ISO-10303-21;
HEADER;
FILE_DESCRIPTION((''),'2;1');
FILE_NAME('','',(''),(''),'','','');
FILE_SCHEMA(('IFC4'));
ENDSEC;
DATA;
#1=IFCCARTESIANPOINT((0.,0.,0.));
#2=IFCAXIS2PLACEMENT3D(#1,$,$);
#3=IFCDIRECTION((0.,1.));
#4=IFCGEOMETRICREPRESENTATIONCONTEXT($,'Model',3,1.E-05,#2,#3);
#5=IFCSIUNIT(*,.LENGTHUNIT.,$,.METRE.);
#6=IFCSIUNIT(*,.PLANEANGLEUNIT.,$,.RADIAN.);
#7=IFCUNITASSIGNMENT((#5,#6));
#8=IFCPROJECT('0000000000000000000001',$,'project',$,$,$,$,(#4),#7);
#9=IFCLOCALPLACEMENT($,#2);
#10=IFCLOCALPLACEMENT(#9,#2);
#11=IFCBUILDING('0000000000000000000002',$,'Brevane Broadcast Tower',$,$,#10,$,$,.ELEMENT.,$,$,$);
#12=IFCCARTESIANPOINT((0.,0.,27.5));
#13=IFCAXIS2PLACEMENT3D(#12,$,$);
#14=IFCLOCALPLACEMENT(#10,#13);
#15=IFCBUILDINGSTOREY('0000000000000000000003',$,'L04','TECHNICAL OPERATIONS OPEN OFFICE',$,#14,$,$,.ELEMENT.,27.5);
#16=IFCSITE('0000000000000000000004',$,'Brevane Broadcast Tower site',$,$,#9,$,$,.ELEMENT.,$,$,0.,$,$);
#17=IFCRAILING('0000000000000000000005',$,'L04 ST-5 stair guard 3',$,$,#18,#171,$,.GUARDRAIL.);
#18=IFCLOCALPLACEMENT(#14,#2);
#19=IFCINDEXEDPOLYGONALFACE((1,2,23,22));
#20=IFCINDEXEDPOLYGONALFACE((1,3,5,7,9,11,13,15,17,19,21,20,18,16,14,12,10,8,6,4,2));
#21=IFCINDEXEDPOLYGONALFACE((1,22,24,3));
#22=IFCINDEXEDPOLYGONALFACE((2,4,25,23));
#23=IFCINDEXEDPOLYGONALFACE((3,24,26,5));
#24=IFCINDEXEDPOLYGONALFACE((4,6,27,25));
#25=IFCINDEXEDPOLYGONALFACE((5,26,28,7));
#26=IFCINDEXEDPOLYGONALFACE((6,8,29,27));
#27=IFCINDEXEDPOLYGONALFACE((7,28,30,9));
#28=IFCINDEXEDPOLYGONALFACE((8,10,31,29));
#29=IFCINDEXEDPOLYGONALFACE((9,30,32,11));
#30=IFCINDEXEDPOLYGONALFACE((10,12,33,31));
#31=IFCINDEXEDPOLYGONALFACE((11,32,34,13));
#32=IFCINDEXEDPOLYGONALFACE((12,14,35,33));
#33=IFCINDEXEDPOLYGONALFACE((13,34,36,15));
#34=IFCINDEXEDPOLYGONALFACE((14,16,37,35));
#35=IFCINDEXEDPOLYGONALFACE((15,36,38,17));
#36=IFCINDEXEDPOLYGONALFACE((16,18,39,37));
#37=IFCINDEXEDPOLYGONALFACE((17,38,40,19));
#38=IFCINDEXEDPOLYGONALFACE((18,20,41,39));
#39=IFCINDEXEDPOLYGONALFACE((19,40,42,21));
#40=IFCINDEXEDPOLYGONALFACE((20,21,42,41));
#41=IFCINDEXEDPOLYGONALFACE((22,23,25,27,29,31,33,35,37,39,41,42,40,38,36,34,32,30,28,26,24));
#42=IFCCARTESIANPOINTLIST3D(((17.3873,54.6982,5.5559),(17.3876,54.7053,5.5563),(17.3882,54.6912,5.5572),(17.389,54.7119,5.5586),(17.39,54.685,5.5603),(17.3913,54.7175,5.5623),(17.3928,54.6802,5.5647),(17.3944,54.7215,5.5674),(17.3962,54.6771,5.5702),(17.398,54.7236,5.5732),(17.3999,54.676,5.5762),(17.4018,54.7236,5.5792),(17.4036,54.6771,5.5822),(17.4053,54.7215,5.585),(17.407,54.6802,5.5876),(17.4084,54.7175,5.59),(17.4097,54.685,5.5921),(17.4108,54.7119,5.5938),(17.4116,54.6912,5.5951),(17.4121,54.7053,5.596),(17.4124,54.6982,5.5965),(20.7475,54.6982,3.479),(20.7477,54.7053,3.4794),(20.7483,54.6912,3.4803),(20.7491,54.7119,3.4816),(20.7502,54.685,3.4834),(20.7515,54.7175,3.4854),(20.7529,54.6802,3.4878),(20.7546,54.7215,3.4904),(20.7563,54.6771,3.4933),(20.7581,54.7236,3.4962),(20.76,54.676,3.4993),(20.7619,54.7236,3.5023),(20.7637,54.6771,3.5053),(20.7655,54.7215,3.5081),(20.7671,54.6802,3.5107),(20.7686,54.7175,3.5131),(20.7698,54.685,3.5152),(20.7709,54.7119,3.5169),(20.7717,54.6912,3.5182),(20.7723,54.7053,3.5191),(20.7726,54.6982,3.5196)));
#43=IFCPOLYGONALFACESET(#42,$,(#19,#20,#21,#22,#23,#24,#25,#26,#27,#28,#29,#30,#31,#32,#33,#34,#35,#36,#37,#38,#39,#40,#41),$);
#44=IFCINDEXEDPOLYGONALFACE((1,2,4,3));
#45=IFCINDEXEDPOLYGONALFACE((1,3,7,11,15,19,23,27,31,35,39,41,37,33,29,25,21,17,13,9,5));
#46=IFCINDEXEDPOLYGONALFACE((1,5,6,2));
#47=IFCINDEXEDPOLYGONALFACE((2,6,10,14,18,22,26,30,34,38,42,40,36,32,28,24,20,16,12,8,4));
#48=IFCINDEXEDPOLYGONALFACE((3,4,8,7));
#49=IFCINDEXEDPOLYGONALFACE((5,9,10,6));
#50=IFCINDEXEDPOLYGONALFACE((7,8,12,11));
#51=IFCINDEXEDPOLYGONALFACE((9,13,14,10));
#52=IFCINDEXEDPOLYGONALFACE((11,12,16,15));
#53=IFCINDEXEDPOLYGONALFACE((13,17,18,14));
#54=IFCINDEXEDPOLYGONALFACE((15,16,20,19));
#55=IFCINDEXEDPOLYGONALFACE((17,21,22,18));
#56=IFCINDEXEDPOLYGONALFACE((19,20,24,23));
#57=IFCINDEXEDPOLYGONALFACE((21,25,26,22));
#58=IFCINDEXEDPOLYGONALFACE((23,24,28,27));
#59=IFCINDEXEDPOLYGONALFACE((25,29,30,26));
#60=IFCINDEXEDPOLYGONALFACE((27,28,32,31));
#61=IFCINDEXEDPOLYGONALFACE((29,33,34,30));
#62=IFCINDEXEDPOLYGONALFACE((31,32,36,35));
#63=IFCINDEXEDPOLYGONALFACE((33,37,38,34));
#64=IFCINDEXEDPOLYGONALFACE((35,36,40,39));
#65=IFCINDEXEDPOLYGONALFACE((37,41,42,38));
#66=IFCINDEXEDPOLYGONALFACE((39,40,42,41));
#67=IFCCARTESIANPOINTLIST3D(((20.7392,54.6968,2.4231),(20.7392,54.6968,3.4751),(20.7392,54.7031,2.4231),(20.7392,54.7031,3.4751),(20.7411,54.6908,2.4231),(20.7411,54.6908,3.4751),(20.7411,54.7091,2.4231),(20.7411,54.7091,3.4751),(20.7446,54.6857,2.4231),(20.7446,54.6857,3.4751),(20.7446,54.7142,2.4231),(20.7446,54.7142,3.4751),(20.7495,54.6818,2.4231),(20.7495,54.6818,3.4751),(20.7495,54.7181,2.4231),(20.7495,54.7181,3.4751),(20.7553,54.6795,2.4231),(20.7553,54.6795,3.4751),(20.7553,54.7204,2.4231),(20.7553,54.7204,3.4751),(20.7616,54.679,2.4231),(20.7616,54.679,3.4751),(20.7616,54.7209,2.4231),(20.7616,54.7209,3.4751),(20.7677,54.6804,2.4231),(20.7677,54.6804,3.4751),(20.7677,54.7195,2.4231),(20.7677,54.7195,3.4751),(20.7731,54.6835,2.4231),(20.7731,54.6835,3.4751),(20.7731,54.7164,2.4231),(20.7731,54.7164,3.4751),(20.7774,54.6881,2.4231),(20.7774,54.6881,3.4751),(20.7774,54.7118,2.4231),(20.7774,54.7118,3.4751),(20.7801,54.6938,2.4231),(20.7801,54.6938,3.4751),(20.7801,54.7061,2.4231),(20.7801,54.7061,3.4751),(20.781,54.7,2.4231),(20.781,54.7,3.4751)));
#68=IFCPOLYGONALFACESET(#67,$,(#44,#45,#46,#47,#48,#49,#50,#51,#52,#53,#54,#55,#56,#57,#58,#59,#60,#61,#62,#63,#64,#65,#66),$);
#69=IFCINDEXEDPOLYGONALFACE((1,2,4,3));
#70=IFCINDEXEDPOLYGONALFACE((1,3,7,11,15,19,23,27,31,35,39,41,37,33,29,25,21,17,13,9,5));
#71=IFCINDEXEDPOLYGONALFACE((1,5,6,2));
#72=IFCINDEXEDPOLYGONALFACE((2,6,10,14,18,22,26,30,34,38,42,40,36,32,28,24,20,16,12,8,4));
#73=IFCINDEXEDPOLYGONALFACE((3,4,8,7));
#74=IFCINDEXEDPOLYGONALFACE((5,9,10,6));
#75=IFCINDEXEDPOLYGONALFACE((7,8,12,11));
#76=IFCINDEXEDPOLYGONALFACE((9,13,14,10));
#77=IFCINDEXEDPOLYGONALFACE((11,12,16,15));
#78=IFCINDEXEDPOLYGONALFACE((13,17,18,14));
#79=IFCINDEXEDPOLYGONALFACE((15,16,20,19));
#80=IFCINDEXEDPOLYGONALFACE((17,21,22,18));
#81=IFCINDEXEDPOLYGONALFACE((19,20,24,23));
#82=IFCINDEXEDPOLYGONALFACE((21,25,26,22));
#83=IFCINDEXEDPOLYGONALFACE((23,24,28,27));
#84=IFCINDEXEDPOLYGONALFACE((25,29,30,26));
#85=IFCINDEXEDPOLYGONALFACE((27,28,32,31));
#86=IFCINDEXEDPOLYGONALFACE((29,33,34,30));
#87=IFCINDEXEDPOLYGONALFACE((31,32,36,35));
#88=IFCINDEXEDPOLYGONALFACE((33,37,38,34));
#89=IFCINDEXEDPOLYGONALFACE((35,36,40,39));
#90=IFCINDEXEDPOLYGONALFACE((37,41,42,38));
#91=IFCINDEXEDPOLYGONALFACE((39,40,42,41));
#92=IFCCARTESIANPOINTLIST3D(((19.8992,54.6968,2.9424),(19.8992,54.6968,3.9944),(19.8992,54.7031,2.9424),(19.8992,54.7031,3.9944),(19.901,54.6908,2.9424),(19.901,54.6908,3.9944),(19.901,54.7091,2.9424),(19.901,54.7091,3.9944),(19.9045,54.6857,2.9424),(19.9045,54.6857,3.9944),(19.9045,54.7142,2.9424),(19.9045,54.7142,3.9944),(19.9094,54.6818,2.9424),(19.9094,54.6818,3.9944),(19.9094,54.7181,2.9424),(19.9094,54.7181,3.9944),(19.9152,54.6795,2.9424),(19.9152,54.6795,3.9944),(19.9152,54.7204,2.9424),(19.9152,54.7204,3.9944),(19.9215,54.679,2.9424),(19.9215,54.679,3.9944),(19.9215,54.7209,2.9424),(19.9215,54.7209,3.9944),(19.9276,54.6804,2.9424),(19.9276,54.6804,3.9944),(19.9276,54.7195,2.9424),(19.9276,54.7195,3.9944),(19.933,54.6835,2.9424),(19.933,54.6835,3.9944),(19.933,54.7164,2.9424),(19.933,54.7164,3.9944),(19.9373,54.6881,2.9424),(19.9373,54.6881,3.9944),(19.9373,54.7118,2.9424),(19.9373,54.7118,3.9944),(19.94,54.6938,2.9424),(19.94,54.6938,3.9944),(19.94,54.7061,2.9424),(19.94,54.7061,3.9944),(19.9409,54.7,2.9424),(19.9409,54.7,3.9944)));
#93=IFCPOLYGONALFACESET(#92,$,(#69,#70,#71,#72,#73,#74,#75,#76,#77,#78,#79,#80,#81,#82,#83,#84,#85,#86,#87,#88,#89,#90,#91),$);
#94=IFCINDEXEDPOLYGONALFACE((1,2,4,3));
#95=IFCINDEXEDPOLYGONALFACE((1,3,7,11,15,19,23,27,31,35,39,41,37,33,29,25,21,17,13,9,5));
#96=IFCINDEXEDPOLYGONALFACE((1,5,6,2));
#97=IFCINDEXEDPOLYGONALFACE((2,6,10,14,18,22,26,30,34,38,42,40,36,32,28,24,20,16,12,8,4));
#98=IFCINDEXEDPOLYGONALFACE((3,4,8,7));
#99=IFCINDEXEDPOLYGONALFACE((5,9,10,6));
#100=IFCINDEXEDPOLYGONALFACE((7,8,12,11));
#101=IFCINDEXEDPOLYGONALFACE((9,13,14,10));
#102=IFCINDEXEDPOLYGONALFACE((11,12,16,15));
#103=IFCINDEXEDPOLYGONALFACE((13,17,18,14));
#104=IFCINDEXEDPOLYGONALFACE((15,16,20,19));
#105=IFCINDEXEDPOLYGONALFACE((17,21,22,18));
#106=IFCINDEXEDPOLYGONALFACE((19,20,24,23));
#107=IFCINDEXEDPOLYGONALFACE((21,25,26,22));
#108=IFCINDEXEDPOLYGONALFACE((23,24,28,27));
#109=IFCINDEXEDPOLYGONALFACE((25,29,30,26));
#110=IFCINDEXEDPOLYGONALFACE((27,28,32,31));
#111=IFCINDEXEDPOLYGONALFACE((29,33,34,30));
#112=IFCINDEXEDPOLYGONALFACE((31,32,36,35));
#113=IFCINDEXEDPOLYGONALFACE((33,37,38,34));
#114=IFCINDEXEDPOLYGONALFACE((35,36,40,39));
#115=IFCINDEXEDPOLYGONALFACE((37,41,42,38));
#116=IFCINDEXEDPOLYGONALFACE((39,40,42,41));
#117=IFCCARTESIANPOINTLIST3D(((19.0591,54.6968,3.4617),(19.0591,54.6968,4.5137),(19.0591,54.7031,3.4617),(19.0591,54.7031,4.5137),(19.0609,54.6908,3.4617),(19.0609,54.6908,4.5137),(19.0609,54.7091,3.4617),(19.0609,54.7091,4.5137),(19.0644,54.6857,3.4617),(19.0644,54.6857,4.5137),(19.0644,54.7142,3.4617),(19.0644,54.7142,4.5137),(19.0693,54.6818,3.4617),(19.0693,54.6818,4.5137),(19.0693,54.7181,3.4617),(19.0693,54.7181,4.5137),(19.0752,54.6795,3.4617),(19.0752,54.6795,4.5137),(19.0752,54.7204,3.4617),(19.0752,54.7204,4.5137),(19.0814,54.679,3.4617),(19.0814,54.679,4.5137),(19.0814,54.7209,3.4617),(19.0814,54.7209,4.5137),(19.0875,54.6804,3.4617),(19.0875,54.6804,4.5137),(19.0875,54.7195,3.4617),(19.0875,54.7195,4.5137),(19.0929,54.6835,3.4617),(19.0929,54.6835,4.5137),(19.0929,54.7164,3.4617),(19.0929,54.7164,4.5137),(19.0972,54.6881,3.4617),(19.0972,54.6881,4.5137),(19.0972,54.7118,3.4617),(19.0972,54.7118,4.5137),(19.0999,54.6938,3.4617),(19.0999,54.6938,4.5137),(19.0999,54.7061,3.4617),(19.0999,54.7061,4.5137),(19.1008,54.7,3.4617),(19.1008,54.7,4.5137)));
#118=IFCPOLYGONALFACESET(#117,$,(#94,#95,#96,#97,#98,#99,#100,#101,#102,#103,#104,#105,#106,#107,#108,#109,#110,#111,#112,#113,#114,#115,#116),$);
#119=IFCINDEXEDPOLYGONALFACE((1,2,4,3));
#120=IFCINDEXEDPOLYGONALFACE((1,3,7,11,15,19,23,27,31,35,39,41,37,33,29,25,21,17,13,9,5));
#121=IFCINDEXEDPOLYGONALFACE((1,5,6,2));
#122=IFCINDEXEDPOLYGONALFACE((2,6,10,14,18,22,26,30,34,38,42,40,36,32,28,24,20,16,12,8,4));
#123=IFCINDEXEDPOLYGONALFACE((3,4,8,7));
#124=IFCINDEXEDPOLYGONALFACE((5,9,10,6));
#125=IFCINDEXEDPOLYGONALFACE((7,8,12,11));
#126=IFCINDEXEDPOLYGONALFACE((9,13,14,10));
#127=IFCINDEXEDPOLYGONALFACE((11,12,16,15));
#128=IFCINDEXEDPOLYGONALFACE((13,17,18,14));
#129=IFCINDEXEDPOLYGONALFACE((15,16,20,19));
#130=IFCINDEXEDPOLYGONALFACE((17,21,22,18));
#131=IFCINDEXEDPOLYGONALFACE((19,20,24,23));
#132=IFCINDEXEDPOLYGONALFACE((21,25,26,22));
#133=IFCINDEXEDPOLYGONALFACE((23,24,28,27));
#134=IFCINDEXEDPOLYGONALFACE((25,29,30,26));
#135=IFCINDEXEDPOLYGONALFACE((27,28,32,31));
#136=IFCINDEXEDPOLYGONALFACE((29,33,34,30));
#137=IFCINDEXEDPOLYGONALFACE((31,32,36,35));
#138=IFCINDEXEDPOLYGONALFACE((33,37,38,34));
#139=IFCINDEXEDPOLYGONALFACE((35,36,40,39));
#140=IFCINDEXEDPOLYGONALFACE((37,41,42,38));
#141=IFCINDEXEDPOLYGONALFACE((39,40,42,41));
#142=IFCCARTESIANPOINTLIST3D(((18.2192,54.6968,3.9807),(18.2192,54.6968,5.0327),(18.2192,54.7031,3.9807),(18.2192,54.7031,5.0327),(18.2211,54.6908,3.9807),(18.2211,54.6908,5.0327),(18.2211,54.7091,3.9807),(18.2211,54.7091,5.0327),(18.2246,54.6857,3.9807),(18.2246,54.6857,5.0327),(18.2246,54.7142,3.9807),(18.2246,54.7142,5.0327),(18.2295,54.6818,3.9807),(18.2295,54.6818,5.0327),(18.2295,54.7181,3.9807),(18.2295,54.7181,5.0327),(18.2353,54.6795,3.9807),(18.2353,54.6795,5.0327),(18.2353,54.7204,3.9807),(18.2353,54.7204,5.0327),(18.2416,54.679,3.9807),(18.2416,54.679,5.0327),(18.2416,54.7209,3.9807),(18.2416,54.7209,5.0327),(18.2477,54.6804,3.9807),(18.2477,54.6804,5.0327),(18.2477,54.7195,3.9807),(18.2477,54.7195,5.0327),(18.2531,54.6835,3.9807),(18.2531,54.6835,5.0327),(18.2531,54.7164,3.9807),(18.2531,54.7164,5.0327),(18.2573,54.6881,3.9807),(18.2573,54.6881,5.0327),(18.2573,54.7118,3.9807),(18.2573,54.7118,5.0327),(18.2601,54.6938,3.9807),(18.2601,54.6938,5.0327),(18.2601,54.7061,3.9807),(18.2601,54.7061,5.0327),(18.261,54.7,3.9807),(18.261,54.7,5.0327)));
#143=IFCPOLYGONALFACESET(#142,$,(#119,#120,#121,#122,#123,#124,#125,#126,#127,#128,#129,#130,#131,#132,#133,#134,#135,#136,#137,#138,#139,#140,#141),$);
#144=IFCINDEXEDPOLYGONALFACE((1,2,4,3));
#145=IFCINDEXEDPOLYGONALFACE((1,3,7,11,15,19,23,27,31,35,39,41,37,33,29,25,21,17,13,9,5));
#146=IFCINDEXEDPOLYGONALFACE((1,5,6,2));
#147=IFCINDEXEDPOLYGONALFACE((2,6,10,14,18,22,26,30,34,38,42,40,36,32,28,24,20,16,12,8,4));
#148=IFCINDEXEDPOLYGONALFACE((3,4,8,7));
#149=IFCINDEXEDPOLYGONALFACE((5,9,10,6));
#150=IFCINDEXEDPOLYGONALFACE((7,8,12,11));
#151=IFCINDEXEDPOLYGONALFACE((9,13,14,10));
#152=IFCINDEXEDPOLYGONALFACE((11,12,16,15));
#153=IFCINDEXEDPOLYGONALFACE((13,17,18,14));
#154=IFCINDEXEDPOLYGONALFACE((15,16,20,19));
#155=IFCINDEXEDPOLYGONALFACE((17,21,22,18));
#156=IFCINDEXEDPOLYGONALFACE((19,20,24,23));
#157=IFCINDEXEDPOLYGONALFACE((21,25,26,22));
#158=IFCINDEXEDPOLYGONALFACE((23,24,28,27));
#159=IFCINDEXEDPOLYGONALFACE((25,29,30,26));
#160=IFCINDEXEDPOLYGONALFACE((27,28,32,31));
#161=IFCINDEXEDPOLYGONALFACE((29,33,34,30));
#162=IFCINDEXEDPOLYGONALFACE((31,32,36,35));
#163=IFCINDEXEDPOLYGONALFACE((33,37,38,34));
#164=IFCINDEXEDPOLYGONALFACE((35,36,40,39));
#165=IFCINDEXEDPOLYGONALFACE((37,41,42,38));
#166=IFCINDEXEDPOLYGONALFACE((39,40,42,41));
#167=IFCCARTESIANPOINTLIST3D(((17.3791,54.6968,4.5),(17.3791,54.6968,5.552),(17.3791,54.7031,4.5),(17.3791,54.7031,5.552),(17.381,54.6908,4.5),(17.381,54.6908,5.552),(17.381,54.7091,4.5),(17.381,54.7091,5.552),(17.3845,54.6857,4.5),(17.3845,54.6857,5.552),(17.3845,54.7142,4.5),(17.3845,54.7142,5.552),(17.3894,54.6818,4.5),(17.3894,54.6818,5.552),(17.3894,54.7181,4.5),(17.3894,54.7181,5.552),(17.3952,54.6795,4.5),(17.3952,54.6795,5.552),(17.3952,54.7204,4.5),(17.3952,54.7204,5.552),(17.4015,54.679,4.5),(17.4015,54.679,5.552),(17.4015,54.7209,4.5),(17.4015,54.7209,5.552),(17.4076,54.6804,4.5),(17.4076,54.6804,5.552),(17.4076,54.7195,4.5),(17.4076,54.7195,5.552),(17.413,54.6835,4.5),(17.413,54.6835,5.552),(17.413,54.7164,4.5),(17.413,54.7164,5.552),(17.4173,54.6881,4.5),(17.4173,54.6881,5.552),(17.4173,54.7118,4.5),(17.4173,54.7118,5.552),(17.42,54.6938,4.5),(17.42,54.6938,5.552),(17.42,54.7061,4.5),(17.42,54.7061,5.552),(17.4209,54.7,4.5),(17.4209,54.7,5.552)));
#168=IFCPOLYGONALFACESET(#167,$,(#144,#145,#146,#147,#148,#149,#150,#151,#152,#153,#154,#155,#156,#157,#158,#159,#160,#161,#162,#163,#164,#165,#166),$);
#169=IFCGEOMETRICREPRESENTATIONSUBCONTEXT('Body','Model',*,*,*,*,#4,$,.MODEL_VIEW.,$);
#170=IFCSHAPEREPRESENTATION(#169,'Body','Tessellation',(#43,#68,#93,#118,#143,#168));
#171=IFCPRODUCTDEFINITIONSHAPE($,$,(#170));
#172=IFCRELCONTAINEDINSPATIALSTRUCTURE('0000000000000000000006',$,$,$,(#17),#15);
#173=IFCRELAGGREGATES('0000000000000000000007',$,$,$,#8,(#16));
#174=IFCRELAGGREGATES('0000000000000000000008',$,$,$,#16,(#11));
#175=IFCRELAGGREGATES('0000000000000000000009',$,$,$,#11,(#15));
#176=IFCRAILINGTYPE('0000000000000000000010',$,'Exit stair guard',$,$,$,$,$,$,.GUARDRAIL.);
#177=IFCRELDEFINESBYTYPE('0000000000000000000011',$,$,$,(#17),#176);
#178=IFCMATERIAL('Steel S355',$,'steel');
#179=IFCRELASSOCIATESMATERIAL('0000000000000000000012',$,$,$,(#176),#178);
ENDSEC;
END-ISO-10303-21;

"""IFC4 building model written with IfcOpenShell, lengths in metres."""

from ifc_helpers import new_model, si_unit, direction, frame, origin, origin_2d, place, context, subcontext, project, spatial, circle, extrude, material, type_object, element, save


model = new_model("IFC4")

# Units and contexts
model_context = context("Model", 3, precision=1e-05, world=origin(), true_north=direction((0.0, 1.0)))
body_context = subcontext(model_context, "Body", "Model", "MODEL_VIEW")
ifc_project = project(units=[si_unit("LENGTHUNIT", "METRE"), si_unit("PLANEANGLEUNIT", "RADIAN")], contexts=[model_context])

# Site, building, storey
site_placement = place(None, origin())
site = spatial("IfcSite", under=ifc_project, at=site_placement, Name="Brevane Broadcast Tower site", CompositionType="ELEMENT", RefElevation=0.0)
building_placement = place(site_placement, origin())
building = spatial("IfcBuilding", under=site, at=building_placement, Name="Brevane Broadcast Tower", CompositionType="ELEMENT")
storey_placement = place(building_placement, frame((0.0, 0.0, 27.5)))
storey = spatial("IfcBuildingStorey", under=building, at=storey_placement, Name="L04", Description="TECHNICAL OPERATIONS OPEN OFFICE", CompositionType="ELEMENT", Elevation=27.5)

# Railing
ifc_material_1 = material(Name="Steel S355", Category="steel")
railing_type_1 = type_object("IfcRailingType", Name="Exit stair guard", PredefinedType="GUARDRAIL", material=ifc_material_1)
railing_1_placement = place(storey_placement, frame((20.76, 54.7, 2.4231)))
element("IfcRailing", 1, at=railing_1_placement, inside=storey, type_object=railing_type_1, Name="L04 ST-5 stair guard 3", PredefinedType="GUARDRAIL", context=body_context, shape_type="SweptSolid", body=[
    extrude(circle(Radius=0.0239, at=origin_2d()), frame((0.0, 0.0, 1.0762), z_axis=(-0.850623, 0.0, 0.525776), x_axis=(0.0, -1.0, 0.0)), (0.0, 0.0, 1.0), 3.9502),
    extrude(circle(Radius=0.021, at=origin_2d()), origin(), (0.0, 0.0, 1.0), 1.052),
    extrude(circle(Radius=0.021, at=origin_2d()), frame((-0.8401, 0.0, 0.5193)), (0.0, 0.0, 1.0), 1.052),
    extrude(circle(Radius=0.021, at=origin_2d()), frame((-1.6802, 0.0, 1.0386)), (0.0, 0.0, 1.0), 1.052),
    extrude(circle(Radius=0.021, at=origin_2d()), frame((-2.52, 0.0, 1.5576)), (0.0, 0.0, 1.0), 1.052),
    extrude(circle(Radius=0.021, at=origin_2d()), frame((-3.3601, 0.0, 2.0769)), (0.0, 0.0, 1.0), 1.052),
])

save(model, "model.ifc")
